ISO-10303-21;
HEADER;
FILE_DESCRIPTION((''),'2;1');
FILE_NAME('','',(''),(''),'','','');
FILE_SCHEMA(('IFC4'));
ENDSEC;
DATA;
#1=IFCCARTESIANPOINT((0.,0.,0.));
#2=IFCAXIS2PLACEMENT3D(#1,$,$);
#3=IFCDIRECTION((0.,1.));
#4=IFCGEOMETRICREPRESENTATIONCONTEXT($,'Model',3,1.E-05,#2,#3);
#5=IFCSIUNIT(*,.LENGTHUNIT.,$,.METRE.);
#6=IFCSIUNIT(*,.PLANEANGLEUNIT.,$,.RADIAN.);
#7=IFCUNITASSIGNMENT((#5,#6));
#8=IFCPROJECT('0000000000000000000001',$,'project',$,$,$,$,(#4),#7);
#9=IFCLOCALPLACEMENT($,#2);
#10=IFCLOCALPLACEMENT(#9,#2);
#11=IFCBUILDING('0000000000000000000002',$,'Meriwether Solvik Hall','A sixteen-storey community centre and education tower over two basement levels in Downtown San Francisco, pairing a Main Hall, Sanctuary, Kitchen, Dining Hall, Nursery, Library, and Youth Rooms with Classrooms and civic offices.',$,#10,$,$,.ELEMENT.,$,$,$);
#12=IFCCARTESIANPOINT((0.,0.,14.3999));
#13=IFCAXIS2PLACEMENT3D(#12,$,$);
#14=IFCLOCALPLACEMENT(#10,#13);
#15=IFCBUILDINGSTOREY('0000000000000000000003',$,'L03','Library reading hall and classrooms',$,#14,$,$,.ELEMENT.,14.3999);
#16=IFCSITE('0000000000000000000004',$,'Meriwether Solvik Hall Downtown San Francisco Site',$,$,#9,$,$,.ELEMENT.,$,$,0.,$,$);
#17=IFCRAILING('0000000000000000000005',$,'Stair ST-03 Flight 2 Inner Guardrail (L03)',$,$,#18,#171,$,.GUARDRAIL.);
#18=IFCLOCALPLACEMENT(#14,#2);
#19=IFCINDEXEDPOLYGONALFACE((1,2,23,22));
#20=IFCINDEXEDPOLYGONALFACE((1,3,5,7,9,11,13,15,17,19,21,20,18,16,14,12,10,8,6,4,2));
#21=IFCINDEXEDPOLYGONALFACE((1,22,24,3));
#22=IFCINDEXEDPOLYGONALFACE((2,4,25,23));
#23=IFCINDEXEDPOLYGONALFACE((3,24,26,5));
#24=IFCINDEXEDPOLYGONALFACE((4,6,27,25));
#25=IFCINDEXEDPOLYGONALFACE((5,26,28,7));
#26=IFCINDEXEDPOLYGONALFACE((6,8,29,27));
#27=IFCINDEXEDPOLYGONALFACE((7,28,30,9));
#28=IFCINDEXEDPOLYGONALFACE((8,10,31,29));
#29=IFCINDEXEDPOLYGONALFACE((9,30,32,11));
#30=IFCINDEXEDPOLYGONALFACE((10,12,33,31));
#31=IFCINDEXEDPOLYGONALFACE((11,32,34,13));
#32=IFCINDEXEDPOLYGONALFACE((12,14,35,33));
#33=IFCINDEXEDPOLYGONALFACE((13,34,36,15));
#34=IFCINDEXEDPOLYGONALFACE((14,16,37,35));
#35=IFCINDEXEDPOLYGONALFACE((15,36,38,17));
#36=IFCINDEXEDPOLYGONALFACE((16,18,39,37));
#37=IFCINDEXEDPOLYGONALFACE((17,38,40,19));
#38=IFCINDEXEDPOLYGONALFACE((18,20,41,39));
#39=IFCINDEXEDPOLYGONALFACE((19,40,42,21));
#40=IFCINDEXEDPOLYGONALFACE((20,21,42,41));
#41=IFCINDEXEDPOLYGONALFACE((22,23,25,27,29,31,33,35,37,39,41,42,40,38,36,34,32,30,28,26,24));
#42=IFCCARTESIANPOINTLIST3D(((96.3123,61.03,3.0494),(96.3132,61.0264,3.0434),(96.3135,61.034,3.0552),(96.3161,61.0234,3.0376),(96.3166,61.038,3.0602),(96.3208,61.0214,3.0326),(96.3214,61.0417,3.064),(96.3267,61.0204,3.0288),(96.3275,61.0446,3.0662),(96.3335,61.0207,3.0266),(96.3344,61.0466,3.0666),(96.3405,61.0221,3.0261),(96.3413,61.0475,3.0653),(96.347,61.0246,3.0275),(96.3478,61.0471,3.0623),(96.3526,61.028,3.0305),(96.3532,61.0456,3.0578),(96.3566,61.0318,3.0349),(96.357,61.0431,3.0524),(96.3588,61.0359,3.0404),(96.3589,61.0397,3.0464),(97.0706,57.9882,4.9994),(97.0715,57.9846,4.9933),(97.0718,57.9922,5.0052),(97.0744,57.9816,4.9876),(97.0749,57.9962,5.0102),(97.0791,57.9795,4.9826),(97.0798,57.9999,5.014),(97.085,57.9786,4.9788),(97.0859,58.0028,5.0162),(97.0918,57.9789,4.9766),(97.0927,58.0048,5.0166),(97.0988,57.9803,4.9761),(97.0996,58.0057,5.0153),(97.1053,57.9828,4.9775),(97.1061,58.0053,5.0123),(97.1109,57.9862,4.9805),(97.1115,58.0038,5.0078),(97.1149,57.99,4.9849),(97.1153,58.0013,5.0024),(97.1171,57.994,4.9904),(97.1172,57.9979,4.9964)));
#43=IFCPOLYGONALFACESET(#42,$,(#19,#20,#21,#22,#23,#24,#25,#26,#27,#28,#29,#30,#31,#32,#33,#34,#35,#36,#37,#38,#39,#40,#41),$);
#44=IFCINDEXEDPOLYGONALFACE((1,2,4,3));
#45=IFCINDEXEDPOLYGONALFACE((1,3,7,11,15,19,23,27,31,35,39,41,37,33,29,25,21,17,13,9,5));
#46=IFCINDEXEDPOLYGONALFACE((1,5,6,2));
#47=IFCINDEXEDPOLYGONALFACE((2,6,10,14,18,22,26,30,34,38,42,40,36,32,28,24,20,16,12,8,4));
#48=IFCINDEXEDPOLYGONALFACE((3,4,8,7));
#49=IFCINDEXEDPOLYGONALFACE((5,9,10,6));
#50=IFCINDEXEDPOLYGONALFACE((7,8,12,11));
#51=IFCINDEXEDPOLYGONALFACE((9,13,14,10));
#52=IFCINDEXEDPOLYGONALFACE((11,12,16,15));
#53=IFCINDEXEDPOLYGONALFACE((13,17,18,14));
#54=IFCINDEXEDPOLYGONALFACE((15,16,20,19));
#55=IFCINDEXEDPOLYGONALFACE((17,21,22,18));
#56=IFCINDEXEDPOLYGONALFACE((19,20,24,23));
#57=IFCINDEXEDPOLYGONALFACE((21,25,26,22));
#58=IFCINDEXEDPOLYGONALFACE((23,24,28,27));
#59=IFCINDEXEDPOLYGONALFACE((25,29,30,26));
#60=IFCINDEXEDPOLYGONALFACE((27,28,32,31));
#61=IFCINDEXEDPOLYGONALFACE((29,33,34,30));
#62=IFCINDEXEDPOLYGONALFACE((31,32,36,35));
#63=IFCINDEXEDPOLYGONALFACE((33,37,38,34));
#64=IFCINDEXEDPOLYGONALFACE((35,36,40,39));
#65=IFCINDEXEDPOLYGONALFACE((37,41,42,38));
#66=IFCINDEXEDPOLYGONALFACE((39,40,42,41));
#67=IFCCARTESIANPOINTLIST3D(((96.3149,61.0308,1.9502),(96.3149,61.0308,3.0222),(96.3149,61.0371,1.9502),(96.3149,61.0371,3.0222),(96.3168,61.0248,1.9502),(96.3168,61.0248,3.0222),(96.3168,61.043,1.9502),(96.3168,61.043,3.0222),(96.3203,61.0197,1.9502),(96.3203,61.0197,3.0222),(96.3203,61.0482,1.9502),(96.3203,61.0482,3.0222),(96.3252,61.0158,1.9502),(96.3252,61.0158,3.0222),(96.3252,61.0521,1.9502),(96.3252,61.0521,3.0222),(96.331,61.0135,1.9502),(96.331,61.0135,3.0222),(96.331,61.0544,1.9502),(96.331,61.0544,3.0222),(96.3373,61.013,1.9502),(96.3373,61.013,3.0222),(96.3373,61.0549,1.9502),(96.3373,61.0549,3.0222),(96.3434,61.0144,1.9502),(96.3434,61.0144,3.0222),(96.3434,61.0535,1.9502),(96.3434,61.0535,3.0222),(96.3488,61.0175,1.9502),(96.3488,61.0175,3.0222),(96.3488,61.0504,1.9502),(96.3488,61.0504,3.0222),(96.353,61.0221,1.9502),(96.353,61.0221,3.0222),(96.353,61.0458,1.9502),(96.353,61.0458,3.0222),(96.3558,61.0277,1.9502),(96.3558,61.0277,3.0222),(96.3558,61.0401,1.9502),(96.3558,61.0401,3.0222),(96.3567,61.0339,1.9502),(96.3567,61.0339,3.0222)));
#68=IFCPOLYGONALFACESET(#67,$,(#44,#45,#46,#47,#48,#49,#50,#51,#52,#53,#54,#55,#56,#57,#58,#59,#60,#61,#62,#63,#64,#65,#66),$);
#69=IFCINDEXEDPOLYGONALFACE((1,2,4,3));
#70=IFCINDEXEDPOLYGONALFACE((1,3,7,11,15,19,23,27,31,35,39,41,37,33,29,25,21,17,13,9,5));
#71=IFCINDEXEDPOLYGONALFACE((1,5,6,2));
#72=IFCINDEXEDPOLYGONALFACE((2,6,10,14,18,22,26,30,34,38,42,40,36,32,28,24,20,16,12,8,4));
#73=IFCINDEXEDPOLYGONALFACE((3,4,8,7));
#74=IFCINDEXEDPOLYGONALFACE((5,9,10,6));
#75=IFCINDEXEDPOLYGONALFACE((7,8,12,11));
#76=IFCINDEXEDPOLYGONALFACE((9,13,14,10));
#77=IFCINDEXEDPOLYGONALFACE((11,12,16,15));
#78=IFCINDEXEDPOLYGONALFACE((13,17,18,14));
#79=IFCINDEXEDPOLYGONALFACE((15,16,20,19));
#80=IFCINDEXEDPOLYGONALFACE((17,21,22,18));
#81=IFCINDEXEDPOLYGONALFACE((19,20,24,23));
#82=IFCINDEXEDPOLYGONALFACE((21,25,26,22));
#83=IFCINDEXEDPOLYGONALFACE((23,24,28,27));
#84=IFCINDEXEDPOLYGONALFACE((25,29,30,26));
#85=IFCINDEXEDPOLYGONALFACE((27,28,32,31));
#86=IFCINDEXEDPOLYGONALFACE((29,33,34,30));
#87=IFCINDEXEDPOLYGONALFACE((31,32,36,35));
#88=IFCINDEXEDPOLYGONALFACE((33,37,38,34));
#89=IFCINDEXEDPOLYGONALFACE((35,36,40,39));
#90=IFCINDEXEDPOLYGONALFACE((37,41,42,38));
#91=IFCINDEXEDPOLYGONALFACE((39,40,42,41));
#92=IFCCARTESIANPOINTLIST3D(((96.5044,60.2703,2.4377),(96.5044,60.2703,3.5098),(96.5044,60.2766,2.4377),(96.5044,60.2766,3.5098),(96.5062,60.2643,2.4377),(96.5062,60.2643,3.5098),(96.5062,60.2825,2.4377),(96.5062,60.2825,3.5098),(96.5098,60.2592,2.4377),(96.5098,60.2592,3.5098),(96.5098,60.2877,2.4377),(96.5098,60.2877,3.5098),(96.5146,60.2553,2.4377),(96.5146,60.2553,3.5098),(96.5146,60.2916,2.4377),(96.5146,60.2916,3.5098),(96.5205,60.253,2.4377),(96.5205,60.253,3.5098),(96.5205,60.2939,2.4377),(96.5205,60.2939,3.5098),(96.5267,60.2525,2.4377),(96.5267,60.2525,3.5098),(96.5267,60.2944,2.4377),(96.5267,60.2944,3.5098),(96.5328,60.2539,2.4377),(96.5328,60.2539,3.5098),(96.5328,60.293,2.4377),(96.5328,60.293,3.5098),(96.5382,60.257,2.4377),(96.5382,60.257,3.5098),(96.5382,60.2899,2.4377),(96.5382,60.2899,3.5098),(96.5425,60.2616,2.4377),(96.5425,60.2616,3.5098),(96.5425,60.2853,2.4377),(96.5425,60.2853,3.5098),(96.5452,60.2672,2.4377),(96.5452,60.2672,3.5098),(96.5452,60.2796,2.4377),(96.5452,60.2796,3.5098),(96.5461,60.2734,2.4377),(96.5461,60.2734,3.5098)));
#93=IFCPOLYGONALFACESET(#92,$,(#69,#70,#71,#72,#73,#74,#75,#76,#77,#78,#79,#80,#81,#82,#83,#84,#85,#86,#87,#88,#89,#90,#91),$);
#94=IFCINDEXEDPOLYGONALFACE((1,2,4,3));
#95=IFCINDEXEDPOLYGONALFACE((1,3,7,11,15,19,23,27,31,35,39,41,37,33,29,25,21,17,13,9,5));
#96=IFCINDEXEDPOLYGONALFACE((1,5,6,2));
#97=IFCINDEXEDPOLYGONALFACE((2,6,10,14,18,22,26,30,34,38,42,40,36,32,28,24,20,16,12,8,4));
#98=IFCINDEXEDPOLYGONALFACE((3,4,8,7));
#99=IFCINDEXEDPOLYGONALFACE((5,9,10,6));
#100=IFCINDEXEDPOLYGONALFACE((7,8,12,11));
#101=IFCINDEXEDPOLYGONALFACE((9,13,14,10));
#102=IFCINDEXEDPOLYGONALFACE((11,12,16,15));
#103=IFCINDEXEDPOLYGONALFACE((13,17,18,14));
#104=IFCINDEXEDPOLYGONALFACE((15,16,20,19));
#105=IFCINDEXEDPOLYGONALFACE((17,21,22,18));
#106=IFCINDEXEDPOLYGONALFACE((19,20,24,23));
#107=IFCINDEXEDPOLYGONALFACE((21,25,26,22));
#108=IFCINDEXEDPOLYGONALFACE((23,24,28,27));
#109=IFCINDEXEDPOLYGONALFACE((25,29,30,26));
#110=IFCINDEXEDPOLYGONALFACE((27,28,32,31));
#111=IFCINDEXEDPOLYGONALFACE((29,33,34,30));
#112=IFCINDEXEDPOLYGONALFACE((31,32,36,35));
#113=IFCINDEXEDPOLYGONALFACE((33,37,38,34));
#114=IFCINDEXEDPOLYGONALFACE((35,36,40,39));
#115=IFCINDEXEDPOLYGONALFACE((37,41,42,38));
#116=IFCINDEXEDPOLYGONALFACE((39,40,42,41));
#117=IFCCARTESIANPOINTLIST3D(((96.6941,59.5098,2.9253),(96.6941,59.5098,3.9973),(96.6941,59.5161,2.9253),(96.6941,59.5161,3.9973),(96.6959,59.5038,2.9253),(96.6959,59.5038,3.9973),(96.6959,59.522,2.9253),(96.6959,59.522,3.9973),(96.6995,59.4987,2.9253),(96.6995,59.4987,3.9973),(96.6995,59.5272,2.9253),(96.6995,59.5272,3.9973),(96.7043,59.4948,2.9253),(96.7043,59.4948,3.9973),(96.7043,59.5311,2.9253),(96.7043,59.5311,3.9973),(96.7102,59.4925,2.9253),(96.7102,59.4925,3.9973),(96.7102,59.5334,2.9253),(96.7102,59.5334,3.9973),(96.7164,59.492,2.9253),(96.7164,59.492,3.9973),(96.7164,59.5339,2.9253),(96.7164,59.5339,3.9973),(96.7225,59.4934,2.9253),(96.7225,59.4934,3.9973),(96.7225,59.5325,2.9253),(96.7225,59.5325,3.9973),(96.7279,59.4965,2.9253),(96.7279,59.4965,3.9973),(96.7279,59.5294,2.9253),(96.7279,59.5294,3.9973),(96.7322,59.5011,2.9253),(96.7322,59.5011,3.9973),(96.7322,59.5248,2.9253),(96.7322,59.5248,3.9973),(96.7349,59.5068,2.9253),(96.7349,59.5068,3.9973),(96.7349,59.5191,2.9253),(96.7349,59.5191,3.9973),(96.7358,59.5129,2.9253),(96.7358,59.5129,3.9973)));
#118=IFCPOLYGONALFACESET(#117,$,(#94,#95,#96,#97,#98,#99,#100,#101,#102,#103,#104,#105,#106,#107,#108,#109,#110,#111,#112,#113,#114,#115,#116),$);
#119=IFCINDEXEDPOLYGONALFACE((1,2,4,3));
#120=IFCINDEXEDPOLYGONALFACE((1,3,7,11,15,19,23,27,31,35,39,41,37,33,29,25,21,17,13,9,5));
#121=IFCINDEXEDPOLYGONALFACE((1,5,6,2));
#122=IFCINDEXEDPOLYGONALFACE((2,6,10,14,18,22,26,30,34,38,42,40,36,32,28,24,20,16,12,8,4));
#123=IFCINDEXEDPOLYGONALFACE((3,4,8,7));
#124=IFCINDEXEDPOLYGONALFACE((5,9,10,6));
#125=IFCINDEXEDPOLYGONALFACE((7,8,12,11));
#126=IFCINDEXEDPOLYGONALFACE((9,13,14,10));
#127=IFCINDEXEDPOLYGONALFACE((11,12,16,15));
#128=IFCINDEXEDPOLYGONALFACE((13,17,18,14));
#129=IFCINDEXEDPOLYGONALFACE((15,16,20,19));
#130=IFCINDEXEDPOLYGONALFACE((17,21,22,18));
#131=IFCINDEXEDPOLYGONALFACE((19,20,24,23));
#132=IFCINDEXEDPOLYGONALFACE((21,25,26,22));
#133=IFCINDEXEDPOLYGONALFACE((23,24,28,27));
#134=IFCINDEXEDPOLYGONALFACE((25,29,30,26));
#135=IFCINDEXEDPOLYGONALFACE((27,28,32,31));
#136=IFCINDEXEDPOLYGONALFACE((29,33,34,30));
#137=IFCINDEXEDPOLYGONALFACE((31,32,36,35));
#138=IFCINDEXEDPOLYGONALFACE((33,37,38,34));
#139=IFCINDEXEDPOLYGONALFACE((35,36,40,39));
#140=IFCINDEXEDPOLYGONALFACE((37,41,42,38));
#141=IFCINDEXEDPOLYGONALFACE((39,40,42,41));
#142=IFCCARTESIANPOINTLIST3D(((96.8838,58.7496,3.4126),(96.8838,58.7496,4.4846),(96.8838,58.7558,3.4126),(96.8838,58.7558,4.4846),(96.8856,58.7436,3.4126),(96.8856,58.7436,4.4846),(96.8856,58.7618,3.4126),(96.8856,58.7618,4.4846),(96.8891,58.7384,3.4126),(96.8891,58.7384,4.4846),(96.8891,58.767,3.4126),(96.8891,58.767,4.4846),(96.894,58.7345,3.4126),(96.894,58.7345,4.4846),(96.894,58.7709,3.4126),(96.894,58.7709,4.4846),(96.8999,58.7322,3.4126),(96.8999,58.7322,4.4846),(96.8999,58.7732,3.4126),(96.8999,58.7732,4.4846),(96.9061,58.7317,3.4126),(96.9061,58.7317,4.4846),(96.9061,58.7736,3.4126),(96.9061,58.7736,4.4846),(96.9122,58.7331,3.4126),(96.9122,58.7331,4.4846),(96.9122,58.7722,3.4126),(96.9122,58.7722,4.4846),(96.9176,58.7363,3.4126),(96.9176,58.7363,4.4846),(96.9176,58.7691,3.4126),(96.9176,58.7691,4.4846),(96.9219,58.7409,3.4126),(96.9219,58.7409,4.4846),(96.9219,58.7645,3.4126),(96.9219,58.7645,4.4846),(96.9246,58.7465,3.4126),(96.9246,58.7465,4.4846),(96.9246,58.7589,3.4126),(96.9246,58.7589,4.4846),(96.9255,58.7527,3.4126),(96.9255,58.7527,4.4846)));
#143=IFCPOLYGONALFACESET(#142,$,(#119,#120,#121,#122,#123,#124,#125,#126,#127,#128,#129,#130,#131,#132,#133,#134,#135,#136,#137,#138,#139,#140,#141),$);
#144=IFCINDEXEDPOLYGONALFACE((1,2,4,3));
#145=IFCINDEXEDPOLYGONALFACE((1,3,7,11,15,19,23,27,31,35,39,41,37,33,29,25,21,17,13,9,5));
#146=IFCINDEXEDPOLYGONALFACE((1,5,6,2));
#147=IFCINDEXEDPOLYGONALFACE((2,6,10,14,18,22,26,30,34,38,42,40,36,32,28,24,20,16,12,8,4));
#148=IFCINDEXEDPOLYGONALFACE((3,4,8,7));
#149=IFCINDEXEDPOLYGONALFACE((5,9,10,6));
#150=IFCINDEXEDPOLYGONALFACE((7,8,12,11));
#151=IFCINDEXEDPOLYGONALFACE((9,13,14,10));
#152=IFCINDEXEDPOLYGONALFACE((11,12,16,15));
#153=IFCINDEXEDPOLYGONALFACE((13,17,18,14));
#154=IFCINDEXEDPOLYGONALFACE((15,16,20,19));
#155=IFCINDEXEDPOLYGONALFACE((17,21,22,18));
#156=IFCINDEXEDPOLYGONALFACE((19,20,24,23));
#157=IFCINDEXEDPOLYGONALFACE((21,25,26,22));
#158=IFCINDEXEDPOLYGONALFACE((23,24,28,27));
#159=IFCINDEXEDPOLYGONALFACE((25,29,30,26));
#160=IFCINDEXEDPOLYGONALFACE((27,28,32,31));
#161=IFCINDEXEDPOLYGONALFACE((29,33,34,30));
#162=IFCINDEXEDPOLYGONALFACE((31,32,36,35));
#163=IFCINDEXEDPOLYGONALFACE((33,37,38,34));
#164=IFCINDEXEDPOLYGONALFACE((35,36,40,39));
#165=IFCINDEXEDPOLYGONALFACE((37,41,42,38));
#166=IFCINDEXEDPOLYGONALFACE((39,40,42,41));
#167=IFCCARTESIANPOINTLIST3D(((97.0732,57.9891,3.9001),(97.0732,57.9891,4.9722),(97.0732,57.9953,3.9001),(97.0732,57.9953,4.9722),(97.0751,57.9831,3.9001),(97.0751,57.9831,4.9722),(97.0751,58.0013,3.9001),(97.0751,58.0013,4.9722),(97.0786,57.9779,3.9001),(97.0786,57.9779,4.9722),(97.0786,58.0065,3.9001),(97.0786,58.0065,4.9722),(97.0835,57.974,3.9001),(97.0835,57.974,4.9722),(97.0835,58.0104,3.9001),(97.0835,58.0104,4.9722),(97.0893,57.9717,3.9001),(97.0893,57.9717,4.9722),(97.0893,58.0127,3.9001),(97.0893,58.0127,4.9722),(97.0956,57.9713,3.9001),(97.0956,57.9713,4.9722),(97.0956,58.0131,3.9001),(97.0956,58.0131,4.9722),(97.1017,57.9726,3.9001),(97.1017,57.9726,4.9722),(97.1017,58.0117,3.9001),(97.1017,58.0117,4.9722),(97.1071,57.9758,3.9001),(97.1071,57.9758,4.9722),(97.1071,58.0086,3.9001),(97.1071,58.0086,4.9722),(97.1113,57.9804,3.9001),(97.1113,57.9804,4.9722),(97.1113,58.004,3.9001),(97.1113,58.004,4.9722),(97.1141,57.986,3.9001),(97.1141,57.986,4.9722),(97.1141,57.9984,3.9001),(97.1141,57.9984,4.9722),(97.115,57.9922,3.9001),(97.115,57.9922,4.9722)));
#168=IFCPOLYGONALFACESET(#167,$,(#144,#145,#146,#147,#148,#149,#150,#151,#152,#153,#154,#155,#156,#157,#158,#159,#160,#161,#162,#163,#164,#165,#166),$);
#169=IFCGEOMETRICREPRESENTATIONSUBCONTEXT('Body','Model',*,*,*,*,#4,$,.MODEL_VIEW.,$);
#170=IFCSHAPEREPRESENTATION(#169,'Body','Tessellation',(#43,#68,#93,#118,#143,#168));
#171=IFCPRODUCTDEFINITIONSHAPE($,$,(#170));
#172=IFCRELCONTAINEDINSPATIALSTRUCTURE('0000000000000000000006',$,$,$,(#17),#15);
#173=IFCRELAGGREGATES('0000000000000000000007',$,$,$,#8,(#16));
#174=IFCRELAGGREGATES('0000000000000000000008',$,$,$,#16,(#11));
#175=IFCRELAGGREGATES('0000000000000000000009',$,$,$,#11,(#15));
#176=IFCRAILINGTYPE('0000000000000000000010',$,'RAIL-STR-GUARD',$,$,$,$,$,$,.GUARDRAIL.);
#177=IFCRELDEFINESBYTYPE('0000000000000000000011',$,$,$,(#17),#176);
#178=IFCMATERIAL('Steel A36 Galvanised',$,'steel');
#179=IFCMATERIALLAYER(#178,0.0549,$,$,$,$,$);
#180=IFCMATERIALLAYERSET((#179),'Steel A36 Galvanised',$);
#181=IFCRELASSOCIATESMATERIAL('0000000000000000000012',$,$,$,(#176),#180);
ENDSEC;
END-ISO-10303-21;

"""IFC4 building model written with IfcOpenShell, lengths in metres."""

from ifc_helpers import new_model, si_unit, direction, frame, origin, origin_2d, place, context, subcontext, project, spatial, circle, extrude, material, layer, layer_set, type_object, element, save


model = new_model("IFC4")

# Units and contexts
model_context = context("Model", 3, precision=1e-05, world=origin(), true_north=direction((0.0, 1.0)))
body_context = subcontext(model_context, "Body", "Model", "MODEL_VIEW")
ifc_project = project(units=[si_unit("LENGTHUNIT", "METRE"), si_unit("PLANEANGLEUNIT", "RADIAN")], contexts=[model_context])

# Site, building, storey
site_placement = place(None, origin())
site = spatial("IfcSite", under=ifc_project, at=site_placement, Name="Meriwether Solvik Hall Downtown San Francisco Site", CompositionType="ELEMENT", RefElevation=0.0)
building_placement = place(site_placement, origin())
building = spatial("IfcBuilding", under=site, at=building_placement, Name="Meriwether Solvik Hall", Description="A sixteen-storey community centre and education tower over two basement levels in Downtown San Francisco, pairing a Main Hall, Sanctuary, Kitchen, Dining Hall, Nursery, Library, and Youth Rooms with Classrooms and civic offices.", CompositionType="ELEMENT")
storey_placement = place(building_placement, frame((0.0, 0.0, 14.3999)))
storey = spatial("IfcBuildingStorey", under=building, at=storey_placement, Name="L03", Description="Library reading hall and classrooms", CompositionType="ELEMENT", Elevation=14.3999)

# Railing
ifc_material_1 = material(Name="Steel A36 Galvanised", Category="steel")
ifc_layer_1 = layer(ifc_material_1, 0.0549)
ifc_layer_set_1 = layer_set([ifc_layer_1], Name="Steel A36 Galvanised")
railing_type_1 = type_object("IfcRailingType", Name="RAIL-STR-GUARD", PredefinedType="GUARDRAIL", material=ifc_layer_set_1)
railing_1_placement = place(storey_placement, frame((96.3357, 61.0339, 1.9502)))
element("IfcRailing", 1, at=railing_1_placement, inside=storey, type_object=railing_type_1, Name="Stair ST-03 Flight 2 Inner Guardrail (L03)", PredefinedType="GUARDRAIL", context=body_context, shape_type="SweptSolid", body=[
    extrude(circle(Radius=0.0239, at=origin_2d()), frame((0.0, 0.0, 1.0962), z_axis=(0.2054, -0.823915, 0.528181), x_axis=(0.970303, 0.241894, 0.0)), (0.0, 0.0, 1.0), 3.6919),
    extrude(circle(Radius=0.021, at=origin_2d()), origin(), (0.0, 0.0, 1.0), 1.072),
    extrude(circle(Radius=0.021, at=origin_2d()), frame((0.1895, -0.7605, 0.4875)), (0.0, 0.0, 1.0), 1.072),
    extrude(circle(Radius=0.021, at=origin_2d()), frame((0.3792, -1.521, 0.9751)), (0.0, 0.0, 1.0), 1.072),
    extrude(circle(Radius=0.021, at=origin_2d()), frame((0.5688, -2.2812, 1.4624)), (0.0, 0.0, 1.0), 1.072),
    extrude(circle(Radius=0.021, at=origin_2d()), frame((0.7583, -3.0417, 1.95)), (0.0, 0.0, 1.0), 1.072),
])

save(model, "model.ifc")
